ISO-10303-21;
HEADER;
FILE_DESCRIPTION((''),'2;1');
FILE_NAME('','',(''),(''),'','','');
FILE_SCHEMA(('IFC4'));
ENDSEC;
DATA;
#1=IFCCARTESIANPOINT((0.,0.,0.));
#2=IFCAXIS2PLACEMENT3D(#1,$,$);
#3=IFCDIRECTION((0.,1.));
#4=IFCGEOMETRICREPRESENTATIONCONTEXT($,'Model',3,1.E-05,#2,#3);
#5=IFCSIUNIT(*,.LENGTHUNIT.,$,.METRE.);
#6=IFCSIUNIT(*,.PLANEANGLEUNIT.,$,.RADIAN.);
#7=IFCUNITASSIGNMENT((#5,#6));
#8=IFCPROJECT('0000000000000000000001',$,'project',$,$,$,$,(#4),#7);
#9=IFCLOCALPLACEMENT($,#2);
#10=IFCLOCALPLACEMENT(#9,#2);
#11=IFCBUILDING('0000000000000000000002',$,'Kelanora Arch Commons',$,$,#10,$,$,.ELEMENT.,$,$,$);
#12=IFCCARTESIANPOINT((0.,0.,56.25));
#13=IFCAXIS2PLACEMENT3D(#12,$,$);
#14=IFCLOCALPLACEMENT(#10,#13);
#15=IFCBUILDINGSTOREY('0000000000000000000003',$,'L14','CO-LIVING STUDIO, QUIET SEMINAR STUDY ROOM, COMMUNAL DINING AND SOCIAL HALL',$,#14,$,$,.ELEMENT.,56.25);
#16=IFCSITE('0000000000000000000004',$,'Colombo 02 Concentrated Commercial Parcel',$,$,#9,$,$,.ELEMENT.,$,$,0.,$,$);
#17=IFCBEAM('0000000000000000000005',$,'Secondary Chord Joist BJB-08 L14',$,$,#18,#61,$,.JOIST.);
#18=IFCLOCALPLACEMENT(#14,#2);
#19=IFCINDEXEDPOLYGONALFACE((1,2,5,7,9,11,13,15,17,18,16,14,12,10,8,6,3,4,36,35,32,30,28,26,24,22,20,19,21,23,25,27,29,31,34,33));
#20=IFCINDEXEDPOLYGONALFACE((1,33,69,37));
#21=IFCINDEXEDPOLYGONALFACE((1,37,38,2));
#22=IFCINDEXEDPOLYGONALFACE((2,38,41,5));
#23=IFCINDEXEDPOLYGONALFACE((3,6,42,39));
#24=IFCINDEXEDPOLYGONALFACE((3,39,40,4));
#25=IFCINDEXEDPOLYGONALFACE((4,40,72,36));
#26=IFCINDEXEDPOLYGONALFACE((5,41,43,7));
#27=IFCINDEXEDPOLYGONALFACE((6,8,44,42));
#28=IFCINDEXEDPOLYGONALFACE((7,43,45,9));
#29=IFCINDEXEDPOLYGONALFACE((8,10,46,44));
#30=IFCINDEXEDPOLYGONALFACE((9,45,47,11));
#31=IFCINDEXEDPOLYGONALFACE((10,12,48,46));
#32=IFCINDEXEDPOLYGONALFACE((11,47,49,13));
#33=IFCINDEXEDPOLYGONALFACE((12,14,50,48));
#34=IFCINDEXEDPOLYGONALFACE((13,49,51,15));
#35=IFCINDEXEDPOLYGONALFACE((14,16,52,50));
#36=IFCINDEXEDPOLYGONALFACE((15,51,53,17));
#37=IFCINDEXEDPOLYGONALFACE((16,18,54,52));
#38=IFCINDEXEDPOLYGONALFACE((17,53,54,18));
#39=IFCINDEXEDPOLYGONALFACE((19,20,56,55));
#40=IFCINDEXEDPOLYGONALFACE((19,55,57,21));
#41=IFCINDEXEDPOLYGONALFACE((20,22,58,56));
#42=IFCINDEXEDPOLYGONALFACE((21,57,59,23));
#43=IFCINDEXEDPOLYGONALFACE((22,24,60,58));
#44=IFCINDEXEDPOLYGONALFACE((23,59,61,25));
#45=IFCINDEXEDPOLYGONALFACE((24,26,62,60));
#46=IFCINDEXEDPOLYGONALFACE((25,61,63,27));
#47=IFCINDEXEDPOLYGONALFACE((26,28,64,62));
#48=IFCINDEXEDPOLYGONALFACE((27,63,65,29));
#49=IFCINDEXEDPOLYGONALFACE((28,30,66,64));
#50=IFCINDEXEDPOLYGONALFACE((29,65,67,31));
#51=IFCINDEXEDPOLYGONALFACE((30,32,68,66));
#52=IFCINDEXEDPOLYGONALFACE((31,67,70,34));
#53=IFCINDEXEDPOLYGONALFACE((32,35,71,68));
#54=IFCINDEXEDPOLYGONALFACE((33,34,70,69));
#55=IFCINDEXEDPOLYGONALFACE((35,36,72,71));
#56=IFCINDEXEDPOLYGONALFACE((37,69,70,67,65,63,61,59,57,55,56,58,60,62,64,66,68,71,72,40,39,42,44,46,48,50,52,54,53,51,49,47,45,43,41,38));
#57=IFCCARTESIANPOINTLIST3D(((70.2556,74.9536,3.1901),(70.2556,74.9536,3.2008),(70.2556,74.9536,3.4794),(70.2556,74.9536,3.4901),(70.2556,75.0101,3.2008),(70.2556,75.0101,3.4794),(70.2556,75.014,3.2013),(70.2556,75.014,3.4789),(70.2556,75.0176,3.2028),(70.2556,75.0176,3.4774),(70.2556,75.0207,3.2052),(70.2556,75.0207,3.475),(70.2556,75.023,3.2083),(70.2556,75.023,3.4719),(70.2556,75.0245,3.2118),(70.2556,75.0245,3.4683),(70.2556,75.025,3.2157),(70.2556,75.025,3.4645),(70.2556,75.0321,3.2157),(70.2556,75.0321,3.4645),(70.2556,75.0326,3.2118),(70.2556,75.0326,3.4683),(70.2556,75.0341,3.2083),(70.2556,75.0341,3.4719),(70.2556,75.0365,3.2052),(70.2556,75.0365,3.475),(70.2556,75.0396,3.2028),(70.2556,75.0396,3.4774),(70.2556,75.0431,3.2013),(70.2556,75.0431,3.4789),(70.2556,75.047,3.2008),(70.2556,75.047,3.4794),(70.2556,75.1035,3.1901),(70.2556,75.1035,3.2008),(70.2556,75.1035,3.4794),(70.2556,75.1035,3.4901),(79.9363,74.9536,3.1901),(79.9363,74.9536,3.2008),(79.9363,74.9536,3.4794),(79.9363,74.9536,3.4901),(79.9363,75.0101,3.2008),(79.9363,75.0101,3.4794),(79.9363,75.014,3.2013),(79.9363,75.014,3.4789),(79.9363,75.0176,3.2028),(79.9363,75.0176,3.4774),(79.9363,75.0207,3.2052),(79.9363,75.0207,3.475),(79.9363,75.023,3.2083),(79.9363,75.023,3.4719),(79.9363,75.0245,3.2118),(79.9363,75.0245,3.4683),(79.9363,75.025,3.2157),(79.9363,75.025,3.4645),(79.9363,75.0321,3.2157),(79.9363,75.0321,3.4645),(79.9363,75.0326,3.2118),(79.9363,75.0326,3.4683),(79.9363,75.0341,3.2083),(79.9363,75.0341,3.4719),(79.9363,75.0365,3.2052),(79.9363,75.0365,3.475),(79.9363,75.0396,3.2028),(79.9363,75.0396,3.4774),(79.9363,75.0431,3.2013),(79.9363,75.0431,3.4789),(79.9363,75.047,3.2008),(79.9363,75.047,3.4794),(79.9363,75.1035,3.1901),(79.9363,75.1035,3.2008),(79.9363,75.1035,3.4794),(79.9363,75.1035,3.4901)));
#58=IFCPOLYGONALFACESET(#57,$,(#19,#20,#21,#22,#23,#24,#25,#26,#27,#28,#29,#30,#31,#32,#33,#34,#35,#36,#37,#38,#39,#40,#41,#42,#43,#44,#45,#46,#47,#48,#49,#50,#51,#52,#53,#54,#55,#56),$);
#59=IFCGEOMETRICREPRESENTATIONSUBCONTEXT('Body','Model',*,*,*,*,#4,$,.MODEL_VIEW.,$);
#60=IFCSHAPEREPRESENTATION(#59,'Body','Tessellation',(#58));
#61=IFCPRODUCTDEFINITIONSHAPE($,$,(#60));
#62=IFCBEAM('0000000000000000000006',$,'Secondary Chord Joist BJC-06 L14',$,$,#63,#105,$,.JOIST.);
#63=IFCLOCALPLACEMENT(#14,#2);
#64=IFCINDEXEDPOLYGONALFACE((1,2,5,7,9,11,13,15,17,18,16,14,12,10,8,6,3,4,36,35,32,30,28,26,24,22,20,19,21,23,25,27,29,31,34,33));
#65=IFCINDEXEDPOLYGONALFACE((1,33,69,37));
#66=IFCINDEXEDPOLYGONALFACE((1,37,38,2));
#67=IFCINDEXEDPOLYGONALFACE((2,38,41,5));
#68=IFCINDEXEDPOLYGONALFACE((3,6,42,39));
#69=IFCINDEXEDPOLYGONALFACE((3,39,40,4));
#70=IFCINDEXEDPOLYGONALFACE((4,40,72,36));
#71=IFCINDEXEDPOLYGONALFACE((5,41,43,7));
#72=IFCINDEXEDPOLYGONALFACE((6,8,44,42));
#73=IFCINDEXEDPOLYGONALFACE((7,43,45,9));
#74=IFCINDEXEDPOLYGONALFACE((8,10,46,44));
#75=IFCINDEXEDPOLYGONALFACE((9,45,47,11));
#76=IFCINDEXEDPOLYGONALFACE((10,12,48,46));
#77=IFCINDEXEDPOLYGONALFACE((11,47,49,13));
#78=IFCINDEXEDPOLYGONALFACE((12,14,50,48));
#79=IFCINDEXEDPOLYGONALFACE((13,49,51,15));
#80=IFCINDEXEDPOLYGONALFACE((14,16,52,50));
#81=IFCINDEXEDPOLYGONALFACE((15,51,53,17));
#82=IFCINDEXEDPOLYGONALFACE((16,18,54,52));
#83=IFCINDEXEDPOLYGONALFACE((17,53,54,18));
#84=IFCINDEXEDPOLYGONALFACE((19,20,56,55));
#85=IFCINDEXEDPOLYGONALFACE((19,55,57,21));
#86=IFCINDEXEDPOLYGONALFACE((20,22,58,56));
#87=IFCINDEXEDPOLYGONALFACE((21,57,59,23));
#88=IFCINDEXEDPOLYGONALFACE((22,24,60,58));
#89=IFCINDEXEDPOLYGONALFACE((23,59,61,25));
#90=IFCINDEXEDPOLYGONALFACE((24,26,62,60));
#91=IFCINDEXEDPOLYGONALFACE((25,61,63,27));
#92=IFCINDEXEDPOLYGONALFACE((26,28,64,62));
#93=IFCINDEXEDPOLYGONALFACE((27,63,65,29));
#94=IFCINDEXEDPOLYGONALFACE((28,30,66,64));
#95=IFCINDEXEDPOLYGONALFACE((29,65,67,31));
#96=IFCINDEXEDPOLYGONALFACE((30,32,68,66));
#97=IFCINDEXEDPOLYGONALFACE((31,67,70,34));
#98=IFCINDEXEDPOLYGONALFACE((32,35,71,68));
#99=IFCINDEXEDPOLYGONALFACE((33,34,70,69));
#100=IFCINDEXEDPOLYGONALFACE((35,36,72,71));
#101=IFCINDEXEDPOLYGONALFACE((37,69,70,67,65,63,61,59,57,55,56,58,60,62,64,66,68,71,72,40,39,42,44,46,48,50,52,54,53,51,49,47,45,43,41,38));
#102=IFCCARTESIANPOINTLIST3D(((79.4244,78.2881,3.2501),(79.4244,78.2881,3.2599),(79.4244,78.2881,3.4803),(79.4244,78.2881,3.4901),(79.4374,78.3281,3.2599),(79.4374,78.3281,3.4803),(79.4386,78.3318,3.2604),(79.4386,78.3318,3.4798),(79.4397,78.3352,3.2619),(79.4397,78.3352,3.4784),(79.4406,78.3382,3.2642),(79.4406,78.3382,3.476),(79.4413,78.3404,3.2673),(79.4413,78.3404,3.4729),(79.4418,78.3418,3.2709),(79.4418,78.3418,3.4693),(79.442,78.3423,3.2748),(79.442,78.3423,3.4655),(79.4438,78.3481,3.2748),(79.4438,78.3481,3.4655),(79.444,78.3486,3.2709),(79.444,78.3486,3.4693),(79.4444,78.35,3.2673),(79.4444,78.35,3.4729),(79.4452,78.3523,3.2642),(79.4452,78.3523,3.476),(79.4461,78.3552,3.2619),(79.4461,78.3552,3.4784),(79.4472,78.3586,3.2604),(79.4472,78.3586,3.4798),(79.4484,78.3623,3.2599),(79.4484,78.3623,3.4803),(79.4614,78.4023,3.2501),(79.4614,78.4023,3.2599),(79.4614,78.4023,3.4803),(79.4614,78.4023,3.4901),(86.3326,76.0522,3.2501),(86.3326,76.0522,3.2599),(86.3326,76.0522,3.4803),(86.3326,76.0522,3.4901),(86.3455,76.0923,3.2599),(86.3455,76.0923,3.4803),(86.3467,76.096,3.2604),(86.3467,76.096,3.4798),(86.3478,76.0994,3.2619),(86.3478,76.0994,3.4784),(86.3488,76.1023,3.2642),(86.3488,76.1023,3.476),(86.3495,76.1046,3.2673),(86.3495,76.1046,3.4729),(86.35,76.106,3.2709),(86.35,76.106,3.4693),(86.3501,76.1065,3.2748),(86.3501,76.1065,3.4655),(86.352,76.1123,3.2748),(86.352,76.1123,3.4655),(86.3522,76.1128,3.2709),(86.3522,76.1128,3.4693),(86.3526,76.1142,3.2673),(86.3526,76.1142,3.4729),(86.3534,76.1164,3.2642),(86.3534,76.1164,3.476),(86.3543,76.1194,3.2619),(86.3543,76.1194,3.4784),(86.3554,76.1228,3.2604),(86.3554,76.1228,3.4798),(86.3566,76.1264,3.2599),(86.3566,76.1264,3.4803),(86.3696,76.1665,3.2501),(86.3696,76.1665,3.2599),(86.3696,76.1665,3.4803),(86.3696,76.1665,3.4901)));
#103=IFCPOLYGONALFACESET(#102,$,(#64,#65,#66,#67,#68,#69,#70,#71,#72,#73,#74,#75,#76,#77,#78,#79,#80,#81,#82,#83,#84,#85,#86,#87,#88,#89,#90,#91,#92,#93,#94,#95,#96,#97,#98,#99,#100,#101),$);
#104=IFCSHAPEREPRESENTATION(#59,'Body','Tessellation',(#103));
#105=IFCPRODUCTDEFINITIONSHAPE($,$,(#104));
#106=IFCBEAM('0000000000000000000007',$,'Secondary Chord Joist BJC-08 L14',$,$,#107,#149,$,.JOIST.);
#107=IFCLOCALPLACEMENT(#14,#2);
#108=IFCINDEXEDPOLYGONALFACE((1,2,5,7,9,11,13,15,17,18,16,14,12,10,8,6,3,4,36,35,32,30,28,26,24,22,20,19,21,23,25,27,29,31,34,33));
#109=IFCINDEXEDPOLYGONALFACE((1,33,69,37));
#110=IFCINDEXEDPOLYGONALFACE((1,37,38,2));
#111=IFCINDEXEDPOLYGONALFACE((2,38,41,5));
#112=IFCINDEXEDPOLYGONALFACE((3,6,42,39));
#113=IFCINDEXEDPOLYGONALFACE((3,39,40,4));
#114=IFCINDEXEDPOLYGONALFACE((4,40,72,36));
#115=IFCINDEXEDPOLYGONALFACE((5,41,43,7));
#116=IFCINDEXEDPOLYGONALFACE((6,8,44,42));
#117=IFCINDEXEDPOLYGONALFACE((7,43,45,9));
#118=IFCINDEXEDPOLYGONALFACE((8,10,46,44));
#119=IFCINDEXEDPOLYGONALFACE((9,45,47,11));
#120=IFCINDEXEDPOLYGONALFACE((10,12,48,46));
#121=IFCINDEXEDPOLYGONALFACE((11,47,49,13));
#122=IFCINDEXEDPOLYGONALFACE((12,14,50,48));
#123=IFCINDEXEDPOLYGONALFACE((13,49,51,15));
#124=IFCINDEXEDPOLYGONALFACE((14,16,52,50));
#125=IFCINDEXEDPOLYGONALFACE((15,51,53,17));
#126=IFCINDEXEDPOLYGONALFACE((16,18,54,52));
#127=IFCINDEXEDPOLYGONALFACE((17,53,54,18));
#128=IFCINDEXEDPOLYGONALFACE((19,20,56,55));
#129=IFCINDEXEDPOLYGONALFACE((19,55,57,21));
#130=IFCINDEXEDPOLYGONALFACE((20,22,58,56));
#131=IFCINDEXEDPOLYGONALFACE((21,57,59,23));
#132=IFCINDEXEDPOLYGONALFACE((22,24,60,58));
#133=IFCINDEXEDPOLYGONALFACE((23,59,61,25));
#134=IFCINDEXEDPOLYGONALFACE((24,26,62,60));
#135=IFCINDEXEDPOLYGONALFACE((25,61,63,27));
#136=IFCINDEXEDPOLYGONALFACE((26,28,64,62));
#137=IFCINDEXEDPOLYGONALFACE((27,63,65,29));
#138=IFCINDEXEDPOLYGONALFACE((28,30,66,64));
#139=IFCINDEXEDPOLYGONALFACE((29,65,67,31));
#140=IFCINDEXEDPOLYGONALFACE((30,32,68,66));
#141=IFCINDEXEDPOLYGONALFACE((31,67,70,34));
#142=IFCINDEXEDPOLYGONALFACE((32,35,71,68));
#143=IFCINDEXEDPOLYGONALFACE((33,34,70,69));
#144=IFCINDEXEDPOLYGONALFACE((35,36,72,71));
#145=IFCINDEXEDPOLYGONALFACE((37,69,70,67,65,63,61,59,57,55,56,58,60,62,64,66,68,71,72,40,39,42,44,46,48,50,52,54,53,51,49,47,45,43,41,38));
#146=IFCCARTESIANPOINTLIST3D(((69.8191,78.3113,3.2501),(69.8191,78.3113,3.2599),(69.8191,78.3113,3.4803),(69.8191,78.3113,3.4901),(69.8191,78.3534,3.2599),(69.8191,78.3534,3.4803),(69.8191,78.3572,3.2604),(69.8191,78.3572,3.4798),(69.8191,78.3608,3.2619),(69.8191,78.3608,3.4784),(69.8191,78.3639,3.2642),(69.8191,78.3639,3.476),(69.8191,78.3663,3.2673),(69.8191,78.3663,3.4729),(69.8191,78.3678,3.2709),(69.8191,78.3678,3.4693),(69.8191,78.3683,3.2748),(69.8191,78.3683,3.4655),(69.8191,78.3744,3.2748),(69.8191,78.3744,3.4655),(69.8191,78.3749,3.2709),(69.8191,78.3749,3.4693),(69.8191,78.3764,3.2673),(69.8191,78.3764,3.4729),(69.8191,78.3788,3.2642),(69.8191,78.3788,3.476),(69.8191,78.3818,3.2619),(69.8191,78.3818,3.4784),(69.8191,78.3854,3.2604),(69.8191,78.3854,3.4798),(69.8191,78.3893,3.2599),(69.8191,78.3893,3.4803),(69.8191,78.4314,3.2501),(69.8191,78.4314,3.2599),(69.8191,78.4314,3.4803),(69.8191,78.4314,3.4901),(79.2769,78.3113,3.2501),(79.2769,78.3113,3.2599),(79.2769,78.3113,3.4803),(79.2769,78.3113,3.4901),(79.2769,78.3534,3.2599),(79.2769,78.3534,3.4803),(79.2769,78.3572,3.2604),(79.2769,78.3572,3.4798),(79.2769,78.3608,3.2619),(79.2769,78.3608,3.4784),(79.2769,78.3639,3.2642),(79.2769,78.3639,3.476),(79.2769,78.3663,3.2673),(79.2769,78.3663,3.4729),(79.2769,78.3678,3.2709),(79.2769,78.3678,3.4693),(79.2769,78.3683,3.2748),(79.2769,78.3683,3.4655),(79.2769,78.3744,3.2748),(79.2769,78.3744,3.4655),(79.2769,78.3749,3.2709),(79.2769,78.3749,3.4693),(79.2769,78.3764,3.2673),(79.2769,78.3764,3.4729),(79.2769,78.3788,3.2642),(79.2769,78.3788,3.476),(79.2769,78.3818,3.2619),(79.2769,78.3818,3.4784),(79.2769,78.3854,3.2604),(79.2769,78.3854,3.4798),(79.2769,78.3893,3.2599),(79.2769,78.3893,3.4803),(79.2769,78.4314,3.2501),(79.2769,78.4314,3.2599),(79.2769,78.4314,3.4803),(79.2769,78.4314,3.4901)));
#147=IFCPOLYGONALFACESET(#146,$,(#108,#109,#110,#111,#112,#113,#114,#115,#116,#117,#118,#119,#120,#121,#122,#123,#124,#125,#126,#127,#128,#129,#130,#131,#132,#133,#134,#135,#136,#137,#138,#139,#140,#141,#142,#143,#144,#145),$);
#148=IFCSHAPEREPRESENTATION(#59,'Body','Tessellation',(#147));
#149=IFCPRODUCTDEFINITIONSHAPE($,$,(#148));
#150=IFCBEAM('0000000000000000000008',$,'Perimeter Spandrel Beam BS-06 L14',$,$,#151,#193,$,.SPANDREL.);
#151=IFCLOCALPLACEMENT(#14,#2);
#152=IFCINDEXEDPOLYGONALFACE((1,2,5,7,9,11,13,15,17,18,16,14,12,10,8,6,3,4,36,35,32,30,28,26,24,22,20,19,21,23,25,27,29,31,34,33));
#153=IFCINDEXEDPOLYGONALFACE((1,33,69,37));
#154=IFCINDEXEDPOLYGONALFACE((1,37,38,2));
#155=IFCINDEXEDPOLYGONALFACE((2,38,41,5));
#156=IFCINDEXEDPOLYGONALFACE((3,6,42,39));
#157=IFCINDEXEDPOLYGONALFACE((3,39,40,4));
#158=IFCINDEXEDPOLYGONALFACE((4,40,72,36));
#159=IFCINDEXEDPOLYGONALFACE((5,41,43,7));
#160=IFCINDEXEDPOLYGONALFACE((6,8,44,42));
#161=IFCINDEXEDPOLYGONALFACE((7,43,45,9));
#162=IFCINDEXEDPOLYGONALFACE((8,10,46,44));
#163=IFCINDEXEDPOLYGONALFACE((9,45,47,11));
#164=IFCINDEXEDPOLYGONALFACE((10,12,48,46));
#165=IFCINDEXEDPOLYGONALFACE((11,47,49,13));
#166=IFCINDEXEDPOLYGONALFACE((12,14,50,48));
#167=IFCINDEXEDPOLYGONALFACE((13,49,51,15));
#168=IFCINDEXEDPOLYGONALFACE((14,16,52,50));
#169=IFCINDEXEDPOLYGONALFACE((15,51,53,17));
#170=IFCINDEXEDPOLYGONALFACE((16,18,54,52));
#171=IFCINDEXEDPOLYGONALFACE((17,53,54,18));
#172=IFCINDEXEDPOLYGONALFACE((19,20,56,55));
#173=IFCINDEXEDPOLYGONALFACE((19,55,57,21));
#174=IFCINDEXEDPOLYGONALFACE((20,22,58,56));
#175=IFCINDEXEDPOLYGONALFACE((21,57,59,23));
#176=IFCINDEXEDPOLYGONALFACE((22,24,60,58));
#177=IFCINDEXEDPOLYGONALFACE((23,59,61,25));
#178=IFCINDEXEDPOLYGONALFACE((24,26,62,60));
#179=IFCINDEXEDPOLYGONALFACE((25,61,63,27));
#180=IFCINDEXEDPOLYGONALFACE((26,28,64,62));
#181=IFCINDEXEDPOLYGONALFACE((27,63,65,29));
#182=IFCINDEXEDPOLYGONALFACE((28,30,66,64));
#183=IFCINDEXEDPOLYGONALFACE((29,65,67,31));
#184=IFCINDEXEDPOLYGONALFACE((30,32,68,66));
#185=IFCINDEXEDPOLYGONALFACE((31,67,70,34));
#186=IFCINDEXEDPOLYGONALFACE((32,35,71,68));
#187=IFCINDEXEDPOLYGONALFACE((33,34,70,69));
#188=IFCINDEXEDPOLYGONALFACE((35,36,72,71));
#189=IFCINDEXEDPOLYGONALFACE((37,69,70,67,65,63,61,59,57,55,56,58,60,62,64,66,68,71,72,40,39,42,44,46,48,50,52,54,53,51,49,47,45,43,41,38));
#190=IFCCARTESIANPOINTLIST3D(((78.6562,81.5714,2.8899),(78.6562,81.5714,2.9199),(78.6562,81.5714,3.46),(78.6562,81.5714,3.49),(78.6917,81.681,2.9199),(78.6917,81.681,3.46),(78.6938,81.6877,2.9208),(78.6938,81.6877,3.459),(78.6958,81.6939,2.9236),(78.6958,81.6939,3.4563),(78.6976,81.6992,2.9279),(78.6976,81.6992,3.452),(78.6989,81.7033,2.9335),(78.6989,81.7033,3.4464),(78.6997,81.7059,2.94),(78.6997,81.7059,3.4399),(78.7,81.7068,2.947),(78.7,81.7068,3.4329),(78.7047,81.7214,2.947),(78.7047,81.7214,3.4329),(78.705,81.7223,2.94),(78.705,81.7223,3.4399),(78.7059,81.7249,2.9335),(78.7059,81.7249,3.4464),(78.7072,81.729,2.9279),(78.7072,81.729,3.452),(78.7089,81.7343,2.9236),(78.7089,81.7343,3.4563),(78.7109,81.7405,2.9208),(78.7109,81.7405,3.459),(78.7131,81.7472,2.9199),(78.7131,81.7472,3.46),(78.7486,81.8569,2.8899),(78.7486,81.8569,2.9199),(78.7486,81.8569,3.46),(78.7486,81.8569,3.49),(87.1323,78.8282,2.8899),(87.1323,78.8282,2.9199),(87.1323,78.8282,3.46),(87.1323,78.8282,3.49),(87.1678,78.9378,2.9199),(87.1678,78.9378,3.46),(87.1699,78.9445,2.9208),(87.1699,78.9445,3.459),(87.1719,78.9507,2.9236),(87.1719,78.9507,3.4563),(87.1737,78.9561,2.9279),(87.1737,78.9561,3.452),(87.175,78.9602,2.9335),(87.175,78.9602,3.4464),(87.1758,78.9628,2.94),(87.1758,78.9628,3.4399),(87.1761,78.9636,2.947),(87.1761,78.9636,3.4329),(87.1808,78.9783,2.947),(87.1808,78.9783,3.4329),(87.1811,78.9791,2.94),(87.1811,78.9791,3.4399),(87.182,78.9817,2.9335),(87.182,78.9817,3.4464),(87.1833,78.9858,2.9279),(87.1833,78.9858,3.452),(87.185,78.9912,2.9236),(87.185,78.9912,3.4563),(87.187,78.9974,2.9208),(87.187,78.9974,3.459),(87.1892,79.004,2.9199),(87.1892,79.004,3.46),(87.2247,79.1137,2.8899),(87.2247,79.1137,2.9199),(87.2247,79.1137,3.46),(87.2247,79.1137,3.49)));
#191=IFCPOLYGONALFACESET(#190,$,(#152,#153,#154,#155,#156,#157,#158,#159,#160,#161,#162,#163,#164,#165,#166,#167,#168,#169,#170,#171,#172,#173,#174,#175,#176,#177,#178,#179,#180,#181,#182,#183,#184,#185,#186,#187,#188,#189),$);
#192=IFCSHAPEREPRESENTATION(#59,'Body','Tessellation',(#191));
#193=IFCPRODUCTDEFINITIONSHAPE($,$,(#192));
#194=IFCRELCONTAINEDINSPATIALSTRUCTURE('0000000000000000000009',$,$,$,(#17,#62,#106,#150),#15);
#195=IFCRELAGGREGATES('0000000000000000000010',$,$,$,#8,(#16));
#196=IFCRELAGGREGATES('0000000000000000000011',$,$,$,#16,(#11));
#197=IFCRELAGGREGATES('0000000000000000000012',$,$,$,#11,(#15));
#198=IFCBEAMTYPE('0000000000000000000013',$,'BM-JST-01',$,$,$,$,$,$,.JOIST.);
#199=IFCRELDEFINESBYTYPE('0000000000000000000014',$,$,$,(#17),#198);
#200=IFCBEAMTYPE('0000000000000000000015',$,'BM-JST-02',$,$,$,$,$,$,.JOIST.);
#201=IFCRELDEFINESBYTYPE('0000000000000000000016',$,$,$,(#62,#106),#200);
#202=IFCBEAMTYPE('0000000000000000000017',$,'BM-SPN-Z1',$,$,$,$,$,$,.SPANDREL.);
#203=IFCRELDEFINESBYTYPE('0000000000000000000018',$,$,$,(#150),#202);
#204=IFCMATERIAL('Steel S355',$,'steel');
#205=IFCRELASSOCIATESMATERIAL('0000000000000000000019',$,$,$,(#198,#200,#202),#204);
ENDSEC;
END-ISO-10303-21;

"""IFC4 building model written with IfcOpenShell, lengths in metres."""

from ifc_helpers import new_model, si_unit, direction, frame, origin, origin_2d, place, context, subcontext, project, spatial, i_section, extrude, material, material_profile, profile_set, type_object, element, save


model = new_model("IFC4")

# Units and contexts
model_context = context("Model", 3, precision=1e-05, world=origin(), true_north=direction((0.0, 1.0)))
body_context = subcontext(model_context, "Body", "Model", "MODEL_VIEW")
ifc_project = project(units=[si_unit("LENGTHUNIT", "METRE"), si_unit("PLANEANGLEUNIT", "RADIAN")], contexts=[model_context])

# Site, building, storey
site_placement = place(None, origin())
site = spatial("IfcSite", under=ifc_project, at=site_placement, Name="Colombo 02 Concentrated Commercial Parcel", CompositionType="ELEMENT", RefElevation=0.0)
building_placement = place(site_placement, origin())
building = spatial("IfcBuilding", under=site, at=building_placement, Name="Kelanora Arch Commons", CompositionType="ELEMENT")
storey_placement = place(building_placement, frame((0.0, 0.0, 56.25)))
storey = spatial("IfcBuildingStorey", under=building, at=storey_placement, Name="L14", Description="CO-LIVING STUDIO, QUIET SEMINAR STUDY ROOM, COMMUNAL DINING AND SOCIAL HALL", CompositionType="ELEMENT", Elevation=56.25)

# Beams
ifc_material_1 = material(Name="Steel S355", Category="steel")
ifc_material_profile_1 = material_profile(ifc_material_1, i_section(OverallWidth=0.1499, OverallDepth=0.3, WebThickness=0.0071, FlangeThickness=0.0107, FilletRadius=0.0149, at=origin_2d()), Name="IPE300")
ifc_profile_set_1 = profile_set([ifc_material_profile_1], Name="Steel S355")
beam_type_1 = type_object("IfcBeamType", Name="BM-JST-01", PredefinedType="JOIST", material=ifc_profile_set_1)
beam_1_placement = place(storey_placement, frame((79.9363, 75.0286, 3.3401), z_axis=(-1.0, 0.0, 0.0), x_axis=(0.0, -1.0, 0.0)))
element("IfcBeam", 1, at=beam_1_placement, inside=storey, type_object=beam_type_1, Name="Secondary Chord Joist BJB-08 L14", PredefinedType="JOIST", context=body_context, shape_type="SweptSolid", body=[
    extrude(i_section(OverallWidth=0.1499, OverallDepth=0.3, WebThickness=0.0071, FlangeThickness=0.0107, FilletRadius=0.0149, at=origin_2d()), origin(), (0.0, 0.0, 1.0), 9.6807),
])
ifc_material_profile_2 = material_profile(ifc_material_1, i_section(OverallWidth=0.1201, OverallDepth=0.24, WebThickness=0.0061, FlangeThickness=0.0098, FilletRadius=0.0149, at=origin_2d()), Name="IPE240")
ifc_profile_set_2 = profile_set([ifc_material_profile_2], Name="Steel S355")
beam_type_2 = type_object("IfcBeamType", Name="BM-JST-02", PredefinedType="JOIST", material=ifc_profile_set_2)
beam_2_placement = place(storey_placement, frame((86.3511, 76.1094, 3.3701), z_axis=(-0.951411, 0.307924, 0.0), x_axis=(-0.307924, -0.951411, 0.0)))
element("IfcBeam", 2, at=beam_2_placement, inside=storey, type_object=beam_type_2, Name="Secondary Chord Joist BJC-06 L14", PredefinedType="JOIST", context=body_context, shape_type="SweptSolid", body=[
    extrude(i_section(OverallWidth=0.1201, OverallDepth=0.24, WebThickness=0.0061, FlangeThickness=0.0098, FilletRadius=0.0149, at=origin_2d()), origin(), (0.0, 0.0, 1.0), 7.261),
])
beam_3_placement = place(storey_placement, frame((79.2769, 78.3713, 3.3701), z_axis=(-1.0, 0.0, 0.0), x_axis=(0.0, -1.0, 0.0)))
element("IfcBeam", 3, at=beam_3_placement, inside=storey, type_object=beam_type_2, Name="Secondary Chord Joist BJC-08 L14", PredefinedType="JOIST", context=body_context, shape_type="SweptSolid", body=[
    extrude(i_section(OverallWidth=0.1201, OverallDepth=0.24, WebThickness=0.0061, FlangeThickness=0.0098, FilletRadius=0.0149, at=origin_2d()), origin(), (0.0, 0.0, 1.0), 9.4578),
])
ifc_material_profile_3 = material_profile(ifc_material_1, i_section(OverallWidth=0.3, OverallDepth=0.6001, WebThickness=0.0154, FlangeThickness=0.03, FilletRadius=0.0271, at=origin_2d()), Name="HEB600")
ifc_profile_set_3 = profile_set([ifc_material_profile_3], Name="Steel S355")
beam_type_3 = type_object("IfcBeamType", Name="BM-SPN-Z1", PredefinedType="SPANDREL", material=ifc_profile_set_3)
beam_4_placement = place(storey_placement, frame((87.1785, 78.9709, 3.1899), z_axis=(-0.951415, 0.307912, 0.0), x_axis=(-0.307912, -0.951415, 0.0)))
element("IfcBeam", 4, at=beam_4_placement, inside=storey, type_object=beam_type_3, Name="Perimeter Spandrel Beam BS-06 L14", PredefinedType="SPANDREL", context=body_context, shape_type="SweptSolid", body=[
    extrude(i_section(OverallWidth=0.3, OverallDepth=0.6001, WebThickness=0.0154, FlangeThickness=0.03, FilletRadius=0.0271, at=origin_2d()), origin(), (0.0, 0.0, 1.0), 8.9089),
])

save(model, "model.ifc")
